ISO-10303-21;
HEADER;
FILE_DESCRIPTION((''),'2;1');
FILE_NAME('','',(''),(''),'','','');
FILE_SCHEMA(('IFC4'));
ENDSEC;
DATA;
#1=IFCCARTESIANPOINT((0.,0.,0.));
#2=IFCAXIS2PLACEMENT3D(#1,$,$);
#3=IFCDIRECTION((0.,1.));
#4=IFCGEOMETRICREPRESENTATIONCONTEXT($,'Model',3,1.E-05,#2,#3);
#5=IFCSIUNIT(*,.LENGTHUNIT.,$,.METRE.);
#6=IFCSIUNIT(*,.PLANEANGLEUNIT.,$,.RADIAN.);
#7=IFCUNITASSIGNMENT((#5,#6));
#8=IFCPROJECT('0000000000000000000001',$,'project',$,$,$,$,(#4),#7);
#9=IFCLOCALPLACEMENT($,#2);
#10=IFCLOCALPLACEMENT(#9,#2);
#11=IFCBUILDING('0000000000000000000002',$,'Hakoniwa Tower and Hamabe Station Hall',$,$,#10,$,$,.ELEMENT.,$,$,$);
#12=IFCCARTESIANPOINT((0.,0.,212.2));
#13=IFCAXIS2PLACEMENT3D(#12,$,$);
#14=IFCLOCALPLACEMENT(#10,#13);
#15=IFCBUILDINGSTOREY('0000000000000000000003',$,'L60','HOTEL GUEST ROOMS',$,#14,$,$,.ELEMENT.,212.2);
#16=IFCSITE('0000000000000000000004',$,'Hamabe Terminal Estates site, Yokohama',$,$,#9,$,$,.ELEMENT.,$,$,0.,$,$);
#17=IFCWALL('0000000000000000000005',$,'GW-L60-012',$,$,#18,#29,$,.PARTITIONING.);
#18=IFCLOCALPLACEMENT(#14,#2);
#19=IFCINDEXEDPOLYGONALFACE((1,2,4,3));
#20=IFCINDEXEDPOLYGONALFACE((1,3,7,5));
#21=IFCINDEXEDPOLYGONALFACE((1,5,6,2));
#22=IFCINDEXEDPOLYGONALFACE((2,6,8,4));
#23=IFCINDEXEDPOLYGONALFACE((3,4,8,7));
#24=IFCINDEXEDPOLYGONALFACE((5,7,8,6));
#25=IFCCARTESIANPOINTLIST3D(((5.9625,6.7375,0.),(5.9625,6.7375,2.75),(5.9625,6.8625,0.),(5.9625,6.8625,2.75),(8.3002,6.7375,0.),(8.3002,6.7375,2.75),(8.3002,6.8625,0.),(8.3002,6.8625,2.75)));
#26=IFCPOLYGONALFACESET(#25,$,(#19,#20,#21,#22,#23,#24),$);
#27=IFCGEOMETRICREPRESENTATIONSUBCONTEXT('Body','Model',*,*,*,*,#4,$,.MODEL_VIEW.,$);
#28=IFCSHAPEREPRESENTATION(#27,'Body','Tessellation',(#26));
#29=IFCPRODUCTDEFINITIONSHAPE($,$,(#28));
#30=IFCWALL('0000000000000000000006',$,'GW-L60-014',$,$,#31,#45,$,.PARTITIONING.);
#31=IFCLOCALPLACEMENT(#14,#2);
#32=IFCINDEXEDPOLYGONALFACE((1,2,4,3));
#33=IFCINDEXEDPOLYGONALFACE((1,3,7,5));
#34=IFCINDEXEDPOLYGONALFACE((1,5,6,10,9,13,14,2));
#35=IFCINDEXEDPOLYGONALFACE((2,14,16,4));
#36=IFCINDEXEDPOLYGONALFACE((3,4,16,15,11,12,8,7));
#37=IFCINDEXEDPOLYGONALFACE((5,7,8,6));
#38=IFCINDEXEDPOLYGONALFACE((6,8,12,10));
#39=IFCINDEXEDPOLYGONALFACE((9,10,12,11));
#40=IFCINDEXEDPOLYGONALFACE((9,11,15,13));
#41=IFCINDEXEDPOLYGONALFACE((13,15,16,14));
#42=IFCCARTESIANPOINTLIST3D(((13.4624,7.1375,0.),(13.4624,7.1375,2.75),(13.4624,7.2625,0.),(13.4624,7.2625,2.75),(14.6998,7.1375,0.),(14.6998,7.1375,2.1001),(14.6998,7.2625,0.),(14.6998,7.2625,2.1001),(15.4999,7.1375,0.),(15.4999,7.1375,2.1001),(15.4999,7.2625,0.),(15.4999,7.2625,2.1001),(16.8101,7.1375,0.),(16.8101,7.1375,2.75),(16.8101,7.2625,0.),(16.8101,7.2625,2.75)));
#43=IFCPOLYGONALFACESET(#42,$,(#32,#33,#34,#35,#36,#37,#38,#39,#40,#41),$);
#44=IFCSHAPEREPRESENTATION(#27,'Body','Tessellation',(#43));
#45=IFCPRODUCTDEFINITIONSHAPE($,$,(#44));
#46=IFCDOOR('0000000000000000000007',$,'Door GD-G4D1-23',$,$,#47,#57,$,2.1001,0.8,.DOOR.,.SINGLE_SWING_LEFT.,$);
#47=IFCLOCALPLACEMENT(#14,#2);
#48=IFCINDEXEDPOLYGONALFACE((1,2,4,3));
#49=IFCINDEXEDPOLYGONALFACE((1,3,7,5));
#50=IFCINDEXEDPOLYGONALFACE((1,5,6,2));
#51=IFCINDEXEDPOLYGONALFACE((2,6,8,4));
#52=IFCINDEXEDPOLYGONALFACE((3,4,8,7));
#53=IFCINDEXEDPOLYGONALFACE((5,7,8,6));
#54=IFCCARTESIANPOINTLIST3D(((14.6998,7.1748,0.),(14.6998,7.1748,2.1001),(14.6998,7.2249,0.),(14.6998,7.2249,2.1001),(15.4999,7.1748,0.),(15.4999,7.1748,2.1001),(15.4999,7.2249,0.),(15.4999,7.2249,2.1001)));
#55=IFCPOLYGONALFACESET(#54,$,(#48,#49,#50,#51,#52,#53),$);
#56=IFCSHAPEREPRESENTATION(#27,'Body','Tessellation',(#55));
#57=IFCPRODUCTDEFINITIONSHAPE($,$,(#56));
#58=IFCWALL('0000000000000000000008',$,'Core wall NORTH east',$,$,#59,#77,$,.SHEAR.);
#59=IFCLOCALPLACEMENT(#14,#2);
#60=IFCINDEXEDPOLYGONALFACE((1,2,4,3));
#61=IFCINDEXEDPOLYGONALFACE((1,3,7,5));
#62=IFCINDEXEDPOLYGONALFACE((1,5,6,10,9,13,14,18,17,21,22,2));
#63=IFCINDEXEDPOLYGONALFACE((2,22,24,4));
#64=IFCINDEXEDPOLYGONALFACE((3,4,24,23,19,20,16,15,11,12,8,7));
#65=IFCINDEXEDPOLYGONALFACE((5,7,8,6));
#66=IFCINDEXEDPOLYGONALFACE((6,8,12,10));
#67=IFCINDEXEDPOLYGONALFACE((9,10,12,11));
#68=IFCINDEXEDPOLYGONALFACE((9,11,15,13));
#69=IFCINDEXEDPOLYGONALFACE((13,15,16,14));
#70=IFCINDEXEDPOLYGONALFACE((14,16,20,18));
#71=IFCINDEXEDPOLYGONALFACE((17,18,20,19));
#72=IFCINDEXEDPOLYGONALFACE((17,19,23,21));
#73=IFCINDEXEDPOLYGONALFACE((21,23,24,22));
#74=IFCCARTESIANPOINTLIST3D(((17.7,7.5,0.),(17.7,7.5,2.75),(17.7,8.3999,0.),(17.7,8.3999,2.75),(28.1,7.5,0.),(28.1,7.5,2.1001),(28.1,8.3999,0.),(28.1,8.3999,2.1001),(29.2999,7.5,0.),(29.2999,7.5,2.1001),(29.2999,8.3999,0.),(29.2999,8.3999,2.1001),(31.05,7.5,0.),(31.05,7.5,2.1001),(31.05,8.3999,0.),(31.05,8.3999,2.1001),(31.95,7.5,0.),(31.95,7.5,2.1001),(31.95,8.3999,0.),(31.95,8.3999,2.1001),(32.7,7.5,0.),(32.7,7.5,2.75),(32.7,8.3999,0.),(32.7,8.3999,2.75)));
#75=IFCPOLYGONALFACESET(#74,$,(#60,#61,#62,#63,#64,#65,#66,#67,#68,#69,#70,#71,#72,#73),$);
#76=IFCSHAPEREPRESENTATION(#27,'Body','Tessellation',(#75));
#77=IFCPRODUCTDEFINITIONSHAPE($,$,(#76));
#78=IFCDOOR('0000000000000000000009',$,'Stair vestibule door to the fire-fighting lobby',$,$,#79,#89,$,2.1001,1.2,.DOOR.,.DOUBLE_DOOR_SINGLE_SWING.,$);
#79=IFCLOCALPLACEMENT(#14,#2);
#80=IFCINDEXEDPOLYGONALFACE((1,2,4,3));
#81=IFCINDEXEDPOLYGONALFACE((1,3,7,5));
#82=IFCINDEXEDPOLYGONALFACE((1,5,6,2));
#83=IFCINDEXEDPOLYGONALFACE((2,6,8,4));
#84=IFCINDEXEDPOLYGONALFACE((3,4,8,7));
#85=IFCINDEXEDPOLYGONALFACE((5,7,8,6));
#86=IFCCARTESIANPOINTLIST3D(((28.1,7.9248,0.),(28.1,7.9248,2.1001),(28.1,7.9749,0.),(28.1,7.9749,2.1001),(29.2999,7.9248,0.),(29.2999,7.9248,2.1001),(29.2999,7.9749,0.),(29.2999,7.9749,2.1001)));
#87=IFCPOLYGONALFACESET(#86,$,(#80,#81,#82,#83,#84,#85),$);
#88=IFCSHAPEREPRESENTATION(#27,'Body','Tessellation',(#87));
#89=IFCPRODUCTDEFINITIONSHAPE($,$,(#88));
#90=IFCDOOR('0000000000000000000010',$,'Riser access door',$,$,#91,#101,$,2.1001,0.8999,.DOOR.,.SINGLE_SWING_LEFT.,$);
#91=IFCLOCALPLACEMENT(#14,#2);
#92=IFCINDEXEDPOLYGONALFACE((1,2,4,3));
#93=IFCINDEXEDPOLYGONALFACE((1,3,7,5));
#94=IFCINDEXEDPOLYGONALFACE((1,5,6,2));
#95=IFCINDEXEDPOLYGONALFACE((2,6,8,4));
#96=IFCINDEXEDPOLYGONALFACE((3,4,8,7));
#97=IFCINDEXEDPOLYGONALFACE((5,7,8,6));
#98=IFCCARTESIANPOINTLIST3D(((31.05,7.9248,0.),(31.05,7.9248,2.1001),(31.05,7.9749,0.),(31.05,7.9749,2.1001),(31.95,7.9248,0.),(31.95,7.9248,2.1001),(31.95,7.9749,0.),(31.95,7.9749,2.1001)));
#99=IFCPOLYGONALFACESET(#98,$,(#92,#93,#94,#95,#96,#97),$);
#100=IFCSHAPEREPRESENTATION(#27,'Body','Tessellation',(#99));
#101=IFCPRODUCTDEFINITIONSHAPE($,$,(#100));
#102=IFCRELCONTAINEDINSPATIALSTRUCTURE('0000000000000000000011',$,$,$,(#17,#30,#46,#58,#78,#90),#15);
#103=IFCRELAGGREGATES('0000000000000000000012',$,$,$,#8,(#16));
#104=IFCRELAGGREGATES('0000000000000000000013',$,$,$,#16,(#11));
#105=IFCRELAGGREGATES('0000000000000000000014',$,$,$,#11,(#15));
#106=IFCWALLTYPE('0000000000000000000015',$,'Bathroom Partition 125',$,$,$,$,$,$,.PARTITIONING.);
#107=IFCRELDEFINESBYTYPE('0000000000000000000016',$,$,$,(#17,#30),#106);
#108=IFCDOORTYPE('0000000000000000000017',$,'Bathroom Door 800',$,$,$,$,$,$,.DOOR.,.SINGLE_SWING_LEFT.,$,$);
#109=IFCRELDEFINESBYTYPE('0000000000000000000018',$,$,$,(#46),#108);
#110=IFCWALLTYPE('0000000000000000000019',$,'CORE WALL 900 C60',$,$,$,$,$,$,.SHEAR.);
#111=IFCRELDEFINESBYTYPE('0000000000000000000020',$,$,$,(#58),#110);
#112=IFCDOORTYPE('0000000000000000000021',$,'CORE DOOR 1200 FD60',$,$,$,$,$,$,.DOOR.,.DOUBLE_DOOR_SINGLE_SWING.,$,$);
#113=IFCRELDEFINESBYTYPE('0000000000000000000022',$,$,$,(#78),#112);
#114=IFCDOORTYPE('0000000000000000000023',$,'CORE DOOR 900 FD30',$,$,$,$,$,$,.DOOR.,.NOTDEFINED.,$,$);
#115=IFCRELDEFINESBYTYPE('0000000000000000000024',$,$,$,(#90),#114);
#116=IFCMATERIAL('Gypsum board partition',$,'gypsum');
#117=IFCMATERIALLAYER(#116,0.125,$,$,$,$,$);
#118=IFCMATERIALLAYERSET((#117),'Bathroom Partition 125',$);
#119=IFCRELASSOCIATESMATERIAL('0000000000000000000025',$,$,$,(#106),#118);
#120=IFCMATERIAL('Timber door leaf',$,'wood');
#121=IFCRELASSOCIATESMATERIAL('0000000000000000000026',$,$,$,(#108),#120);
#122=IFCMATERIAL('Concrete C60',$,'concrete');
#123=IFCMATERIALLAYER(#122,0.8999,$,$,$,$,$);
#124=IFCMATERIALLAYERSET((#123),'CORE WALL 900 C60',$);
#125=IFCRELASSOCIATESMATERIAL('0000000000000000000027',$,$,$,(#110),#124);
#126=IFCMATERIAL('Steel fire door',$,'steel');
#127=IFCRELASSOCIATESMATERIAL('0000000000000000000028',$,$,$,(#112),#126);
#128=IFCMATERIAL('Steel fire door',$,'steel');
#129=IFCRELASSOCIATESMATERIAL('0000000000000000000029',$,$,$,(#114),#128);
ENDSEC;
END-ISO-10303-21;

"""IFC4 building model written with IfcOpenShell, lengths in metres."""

from ifc_helpers import new_model, si_unit, direction, frame, frame_2d, origin, place, context, subcontext, project, spatial, rectangle, extrude, material, layer, layer_set, type_object, element, fill, save


model = new_model("IFC4")

# Units and contexts
model_context = context("Model", 3, precision=1e-05, world=origin(), true_north=direction((0.0, 1.0)))
body_context = subcontext(model_context, "Body", "Model", "MODEL_VIEW")
ifc_project = project(units=[si_unit("LENGTHUNIT", "METRE"), si_unit("PLANEANGLEUNIT", "RADIAN")], contexts=[model_context])

# Site, building, storey
site_placement = place(None, origin())
site = spatial("IfcSite", under=ifc_project, at=site_placement, Name="Hamabe Terminal Estates site, Yokohama", CompositionType="ELEMENT", RefElevation=0.0)
building_placement = place(site_placement, origin())
building = spatial("IfcBuilding", under=site, at=building_placement, Name="Hakoniwa Tower and Hamabe Station Hall", CompositionType="ELEMENT")
storey_placement = place(building_placement, frame((0.0, 0.0, 212.2)))
storey = spatial("IfcBuildingStorey", under=building, at=storey_placement, Name="L60", Description="HOTEL GUEST ROOMS", CompositionType="ELEMENT", Elevation=212.2)

# Wall
ifc_material_1 = material(Name="Gypsum board partition", Category="gypsum")
ifc_layer_1 = layer(ifc_material_1, 0.125)
ifc_layer_set_1 = layer_set([ifc_layer_1], Name="Bathroom Partition 125")
wall_type_1 = type_object("IfcWallType", Name="Bathroom Partition 125", PredefinedType="PARTITIONING", material=ifc_layer_set_1)
wall_1_placement = place(storey_placement, frame((5.9624, 6.8, 0.0), z_axis=(0.0, 0.0, 1.0), x_axis=(1.0, 0.0, 0.0)))
element("IfcWall", 1, at=wall_1_placement, inside=storey, type_object=wall_type_1, Name="GW-L60-012", PredefinedType="PARTITIONING", context=body_context, shape_type="SweptSolid", body=[
    extrude(rectangle(XDim=2.3376, YDim=0.125, at=frame_2d((1.1689, 0.0))), origin(), (0.0, 0.0, 1.0), 2.75),
])

# Wall, opening, door
wall_2_placement = place(storey_placement, frame((13.4624, 7.2, 0.0), z_axis=(0.0, 0.0, 1.0), x_axis=(1.0, 0.0, 0.0)))
wall_2 = element("IfcWall", 2, at=wall_2_placement, inside=storey, type_object=wall_type_1, Name="GW-L60-014", PredefinedType="PARTITIONING", context=body_context, shape_type="SweptSolid", body=[
    extrude(rectangle(XDim=3.3477, YDim=0.125, at=frame_2d((1.6738, 0.0))), origin(), (0.0, 0.0, 1.0), 2.75),
])
opening_1_placement = place(wall_2_placement, frame((1.2375, 0.0, 0.0)))
opening_1 = element("IfcOpeningElement", 3, at=opening_1_placement, cuts=wall_2, PredefinedType="OPENING", context=body_context, shape_type="SweptSolid", body=[
    extrude(rectangle(XDim=0.8, YDim=2.1001, at=frame_2d((0.3999, 1.05))), frame((0.0, 0.0725, 0.0), z_axis=(0.0, -1.0, 0.0), x_axis=(1.0, 0.0, 0.0)), (0.0, 0.0, 1.0), 0.145),
])
ifc_material_2 = material(Name="Timber door leaf", Category="wood")
door_type_1 = type_object("IfcDoorType", Name="Bathroom Door 800", OperationType="SINGLE_SWING_LEFT", PredefinedType="DOOR", material=ifc_material_2)
door_1_placement = place(opening_1_placement, origin())
door_1 = element("IfcDoor", 4, at=door_1_placement, inside=storey, type_object=door_type_1, Name="Door GD-G4D1-23", OperationType="SINGLE_SWING_LEFT", OverallHeight=2.1001, OverallWidth=0.8, PredefinedType="DOOR", context=body_context, shape_type="SweptSolid", body=[
    extrude(rectangle(XDim=0.8, YDim=2.1001, at=frame_2d((0.3999, 1.05))), frame((0.0, 0.0249, 0.0), z_axis=(0.0, -1.0, 0.0), x_axis=(1.0, 0.0, 0.0)), (0.0, 0.0, 1.0), 0.05),
])
fill(opening_1, door_1)

# Wall, openings, doors
ifc_material_3 = material(Name="Concrete C60", Category="concrete")
ifc_layer_2 = layer(ifc_material_3, 0.8999)
ifc_layer_set_2 = layer_set([ifc_layer_2], Name="CORE WALL 900 C60")
wall_type_2 = type_object("IfcWallType", Name="CORE WALL 900 C60", PredefinedType="SHEAR", material=ifc_layer_set_2)
wall_3_placement = place(storey_placement, frame((17.7, 7.95, 0.0), z_axis=(0.0, 0.0, 1.0), x_axis=(1.0, 0.0, 0.0)))
wall_3 = element("IfcWall", 5, at=wall_3_placement, inside=storey, type_object=wall_type_2, Name="Core wall NORTH east", PredefinedType="SHEAR", context=body_context, shape_type="SweptSolid", body=[
    extrude(rectangle(XDim=15.0, YDim=0.8999, at=frame_2d((7.5, 0.0))), origin(), (0.0, 0.0, 1.0), 2.75),
])
opening_2_placement = place(wall_3_placement, frame((10.3999, 0.0, 0.0)))
opening_2 = element("IfcOpeningElement", 6, at=opening_2_placement, cuts=wall_3, PredefinedType="OPENING", context=body_context, shape_type="SweptSolid", body=[
    extrude(rectangle(XDim=1.2, YDim=2.1001, at=frame_2d((0.6001, 1.05))), frame((0.0, 0.46, 0.0), z_axis=(0.0, -1.0, 0.0), x_axis=(1.0, 0.0, 0.0)), (0.0, 0.0, 1.0), 0.9199),
])
opening_3_placement = place(wall_3_placement, frame((13.3501, 0.0, 0.0)))
opening_3 = element("IfcOpeningElement", 7, at=opening_3_placement, cuts=wall_3, PredefinedType="OPENING", context=body_context, shape_type="SweptSolid", body=[
    extrude(rectangle(XDim=0.8999, YDim=2.1001, at=frame_2d((0.45, 1.05))), frame((0.0, 0.46, 0.0), z_axis=(0.0, -1.0, 0.0), x_axis=(1.0, 0.0, 0.0)), (0.0, 0.0, 1.0), 0.9199),
])
ifc_material_4 = material(Name="Steel fire door", Category="steel")
door_type_2 = type_object("IfcDoorType", Name="CORE DOOR 1200 FD60", OperationType="DOUBLE_DOOR_SINGLE_SWING", PredefinedType="DOOR", material=ifc_material_4)
door_2_placement = place(opening_2_placement, origin())
door_2 = element("IfcDoor", 8, at=door_2_placement, inside=storey, type_object=door_type_2, Name="Stair vestibule door to the fire-fighting lobby", OperationType="DOUBLE_DOOR_SINGLE_SWING", OverallHeight=2.1001, OverallWidth=1.2, PredefinedType="DOOR", context=body_context, shape_type="SweptSolid", body=[
    extrude(rectangle(XDim=1.2, YDim=2.1001, at=frame_2d((0.6001, 1.05))), frame((0.0, 0.0249, 0.0), z_axis=(0.0, -1.0, 0.0), x_axis=(1.0, 0.0, 0.0)), (0.0, 0.0, 1.0), 0.05),
])
fill(opening_2, door_2)
ifc_material_5 = material(Name="Steel fire door", Category="steel")
door_type_3 = type_object("IfcDoorType", Name="CORE DOOR 900 FD30", OperationType="NOTDEFINED", PredefinedType="DOOR", material=ifc_material_5)
door_3_placement = place(opening_3_placement, origin())
door_3 = element("IfcDoor", 9, at=door_3_placement, inside=storey, type_object=door_type_3, Name="Riser access door", OperationType="SINGLE_SWING_LEFT", OverallHeight=2.1001, OverallWidth=0.8999, PredefinedType="DOOR", context=body_context, shape_type="SweptSolid", body=[
    extrude(rectangle(XDim=0.8999, YDim=2.1001, at=frame_2d((0.45, 1.05))), frame((0.0, 0.0249, 0.0), z_axis=(0.0, -1.0, 0.0), x_axis=(1.0, 0.0, 0.0)), (0.0, 0.0, 1.0), 0.05),
])
fill(opening_3, door_3)

save(model, "model.ifc")
